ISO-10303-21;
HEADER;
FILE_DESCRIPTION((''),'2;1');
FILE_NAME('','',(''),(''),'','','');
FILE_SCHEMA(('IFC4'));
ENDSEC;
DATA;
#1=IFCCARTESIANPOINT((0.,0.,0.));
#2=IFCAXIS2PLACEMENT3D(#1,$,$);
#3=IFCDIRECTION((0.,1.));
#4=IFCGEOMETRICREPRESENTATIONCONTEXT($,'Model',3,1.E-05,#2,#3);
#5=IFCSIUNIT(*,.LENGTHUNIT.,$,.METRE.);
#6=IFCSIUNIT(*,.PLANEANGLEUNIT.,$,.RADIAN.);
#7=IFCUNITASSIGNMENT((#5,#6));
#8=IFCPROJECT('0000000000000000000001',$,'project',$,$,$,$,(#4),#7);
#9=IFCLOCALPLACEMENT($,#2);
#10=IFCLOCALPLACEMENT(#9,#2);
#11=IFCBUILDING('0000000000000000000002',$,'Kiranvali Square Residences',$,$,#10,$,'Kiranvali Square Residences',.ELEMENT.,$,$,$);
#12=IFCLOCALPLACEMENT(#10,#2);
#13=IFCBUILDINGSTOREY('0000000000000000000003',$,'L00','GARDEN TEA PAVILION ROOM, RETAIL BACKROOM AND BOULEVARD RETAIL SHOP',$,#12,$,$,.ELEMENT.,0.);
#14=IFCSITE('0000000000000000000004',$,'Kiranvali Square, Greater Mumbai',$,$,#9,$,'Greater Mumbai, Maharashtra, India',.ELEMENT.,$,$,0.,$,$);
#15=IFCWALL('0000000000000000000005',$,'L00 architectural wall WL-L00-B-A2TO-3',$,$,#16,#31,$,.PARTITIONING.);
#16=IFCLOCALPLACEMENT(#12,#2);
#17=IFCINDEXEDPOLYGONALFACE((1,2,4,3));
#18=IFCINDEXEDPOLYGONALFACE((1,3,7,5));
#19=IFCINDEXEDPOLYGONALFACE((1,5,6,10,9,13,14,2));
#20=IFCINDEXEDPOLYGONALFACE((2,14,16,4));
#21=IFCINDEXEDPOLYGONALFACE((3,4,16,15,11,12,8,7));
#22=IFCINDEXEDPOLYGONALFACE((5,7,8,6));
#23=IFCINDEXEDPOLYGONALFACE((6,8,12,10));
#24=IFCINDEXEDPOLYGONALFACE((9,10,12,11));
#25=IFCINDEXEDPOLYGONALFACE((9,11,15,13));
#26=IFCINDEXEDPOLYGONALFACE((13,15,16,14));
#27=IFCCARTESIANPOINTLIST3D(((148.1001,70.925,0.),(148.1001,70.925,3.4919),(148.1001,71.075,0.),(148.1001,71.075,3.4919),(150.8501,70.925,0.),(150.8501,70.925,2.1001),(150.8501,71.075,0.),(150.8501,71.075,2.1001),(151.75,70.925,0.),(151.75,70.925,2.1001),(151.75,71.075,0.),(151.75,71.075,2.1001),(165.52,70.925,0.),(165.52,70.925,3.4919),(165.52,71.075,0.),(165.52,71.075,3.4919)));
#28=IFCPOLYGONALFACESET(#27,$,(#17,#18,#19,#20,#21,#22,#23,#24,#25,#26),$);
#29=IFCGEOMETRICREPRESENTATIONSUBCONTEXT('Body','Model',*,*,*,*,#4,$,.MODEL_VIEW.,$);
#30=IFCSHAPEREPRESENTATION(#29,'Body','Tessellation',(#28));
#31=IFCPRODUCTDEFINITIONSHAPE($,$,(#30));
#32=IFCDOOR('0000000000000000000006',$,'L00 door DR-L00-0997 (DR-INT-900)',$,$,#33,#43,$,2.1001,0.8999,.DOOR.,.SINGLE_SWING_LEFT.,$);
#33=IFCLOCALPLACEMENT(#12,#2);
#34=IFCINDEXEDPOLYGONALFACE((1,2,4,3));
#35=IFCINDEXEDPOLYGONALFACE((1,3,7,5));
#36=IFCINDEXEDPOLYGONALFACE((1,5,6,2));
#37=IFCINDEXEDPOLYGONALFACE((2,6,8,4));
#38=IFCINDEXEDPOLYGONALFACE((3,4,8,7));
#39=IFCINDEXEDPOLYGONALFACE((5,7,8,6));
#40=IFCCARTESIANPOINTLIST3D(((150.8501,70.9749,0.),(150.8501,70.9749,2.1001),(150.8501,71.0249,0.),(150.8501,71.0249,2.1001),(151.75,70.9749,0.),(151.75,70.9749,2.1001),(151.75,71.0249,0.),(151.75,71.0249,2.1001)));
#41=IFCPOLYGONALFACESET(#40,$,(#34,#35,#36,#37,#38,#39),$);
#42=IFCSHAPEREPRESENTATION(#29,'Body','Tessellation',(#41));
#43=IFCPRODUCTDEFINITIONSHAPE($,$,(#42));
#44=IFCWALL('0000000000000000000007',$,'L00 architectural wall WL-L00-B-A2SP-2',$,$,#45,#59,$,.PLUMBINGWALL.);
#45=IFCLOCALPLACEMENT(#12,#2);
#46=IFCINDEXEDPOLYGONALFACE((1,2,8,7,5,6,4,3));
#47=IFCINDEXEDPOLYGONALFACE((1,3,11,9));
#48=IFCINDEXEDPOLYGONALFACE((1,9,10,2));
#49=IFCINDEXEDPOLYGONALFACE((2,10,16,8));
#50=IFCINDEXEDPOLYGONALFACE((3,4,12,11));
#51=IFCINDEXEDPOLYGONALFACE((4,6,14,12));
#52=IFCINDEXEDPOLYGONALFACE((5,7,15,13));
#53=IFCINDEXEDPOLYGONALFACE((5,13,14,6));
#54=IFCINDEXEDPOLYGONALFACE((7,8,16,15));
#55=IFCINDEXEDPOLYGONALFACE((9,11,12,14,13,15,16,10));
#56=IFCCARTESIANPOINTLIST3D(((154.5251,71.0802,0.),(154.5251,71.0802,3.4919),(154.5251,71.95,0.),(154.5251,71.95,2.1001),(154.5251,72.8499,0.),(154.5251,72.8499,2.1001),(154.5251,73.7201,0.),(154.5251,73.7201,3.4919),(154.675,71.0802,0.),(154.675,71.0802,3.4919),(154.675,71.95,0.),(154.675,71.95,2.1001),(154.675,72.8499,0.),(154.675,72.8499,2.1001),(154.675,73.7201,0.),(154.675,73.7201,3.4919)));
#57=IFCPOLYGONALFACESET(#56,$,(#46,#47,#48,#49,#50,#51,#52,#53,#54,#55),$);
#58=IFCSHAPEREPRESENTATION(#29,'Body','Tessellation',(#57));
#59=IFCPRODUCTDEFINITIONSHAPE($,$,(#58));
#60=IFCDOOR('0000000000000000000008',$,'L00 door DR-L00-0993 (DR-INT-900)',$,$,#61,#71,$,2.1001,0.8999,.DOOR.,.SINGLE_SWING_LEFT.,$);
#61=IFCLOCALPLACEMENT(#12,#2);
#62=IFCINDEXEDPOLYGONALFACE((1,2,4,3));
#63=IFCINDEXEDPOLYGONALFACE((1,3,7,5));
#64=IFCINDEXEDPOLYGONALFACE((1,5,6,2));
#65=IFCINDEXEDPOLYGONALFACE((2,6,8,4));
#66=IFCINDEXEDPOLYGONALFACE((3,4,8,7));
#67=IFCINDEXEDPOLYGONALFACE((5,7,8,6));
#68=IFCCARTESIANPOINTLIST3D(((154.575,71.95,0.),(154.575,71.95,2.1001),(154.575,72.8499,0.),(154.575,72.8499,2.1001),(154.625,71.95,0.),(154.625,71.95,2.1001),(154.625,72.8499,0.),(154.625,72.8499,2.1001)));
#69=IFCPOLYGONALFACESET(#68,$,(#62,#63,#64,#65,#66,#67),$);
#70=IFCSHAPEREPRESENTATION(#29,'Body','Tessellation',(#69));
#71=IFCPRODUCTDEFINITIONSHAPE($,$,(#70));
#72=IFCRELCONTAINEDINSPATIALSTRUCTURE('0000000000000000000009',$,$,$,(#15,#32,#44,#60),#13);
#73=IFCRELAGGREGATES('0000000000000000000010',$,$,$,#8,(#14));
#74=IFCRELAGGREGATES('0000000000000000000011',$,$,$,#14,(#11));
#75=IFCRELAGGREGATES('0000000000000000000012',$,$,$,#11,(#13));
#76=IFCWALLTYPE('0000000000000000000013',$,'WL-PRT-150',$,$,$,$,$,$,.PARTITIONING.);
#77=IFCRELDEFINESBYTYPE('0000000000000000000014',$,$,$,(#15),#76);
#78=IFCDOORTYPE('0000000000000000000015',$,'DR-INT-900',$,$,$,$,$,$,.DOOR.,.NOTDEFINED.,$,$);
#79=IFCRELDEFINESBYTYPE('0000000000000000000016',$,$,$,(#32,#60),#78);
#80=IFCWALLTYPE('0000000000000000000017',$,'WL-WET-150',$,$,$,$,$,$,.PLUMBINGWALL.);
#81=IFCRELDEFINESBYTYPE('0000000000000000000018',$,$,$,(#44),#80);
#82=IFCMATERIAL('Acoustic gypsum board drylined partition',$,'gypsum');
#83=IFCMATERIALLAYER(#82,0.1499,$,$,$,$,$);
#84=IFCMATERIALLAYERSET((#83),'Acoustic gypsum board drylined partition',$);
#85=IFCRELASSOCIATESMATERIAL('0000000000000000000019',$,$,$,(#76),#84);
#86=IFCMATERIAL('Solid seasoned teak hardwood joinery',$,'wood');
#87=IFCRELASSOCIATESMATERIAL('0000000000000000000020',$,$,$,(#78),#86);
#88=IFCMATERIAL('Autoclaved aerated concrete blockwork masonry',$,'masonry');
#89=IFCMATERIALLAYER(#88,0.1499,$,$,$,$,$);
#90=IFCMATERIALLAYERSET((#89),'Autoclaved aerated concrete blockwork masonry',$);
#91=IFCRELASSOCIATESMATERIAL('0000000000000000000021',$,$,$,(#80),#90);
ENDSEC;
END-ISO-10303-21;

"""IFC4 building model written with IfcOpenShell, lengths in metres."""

from ifc_helpers import new_model, si_unit, direction, frame, frame_2d, origin, place, context, subcontext, project, spatial, rectangle, extrude, material, layer, layer_set, type_object, element, fill, save


model = new_model("IFC4")

# Units and contexts
model_context = context("Model", 3, precision=1e-05, world=origin(), true_north=direction((0.0, 1.0)))
body_context = subcontext(model_context, "Body", "Model", "MODEL_VIEW")
ifc_project = project(units=[si_unit("LENGTHUNIT", "METRE"), si_unit("PLANEANGLEUNIT", "RADIAN")], contexts=[model_context])

# Site, building, storey
site_placement = place(None, origin())
site = spatial("IfcSite", under=ifc_project, at=site_placement, Name="Kiranvali Square, Greater Mumbai", LongName="Greater Mumbai, Maharashtra, India", CompositionType="ELEMENT", RefElevation=0.0)
building_placement = place(site_placement, origin())
building = spatial("IfcBuilding", under=site, at=building_placement, Name="Kiranvali Square Residences", LongName="Kiranvali Square Residences", CompositionType="ELEMENT")
storey_placement = place(building_placement, origin())
storey = spatial("IfcBuildingStorey", under=building, at=storey_placement, Name="L00", Description="GARDEN TEA PAVILION ROOM, RETAIL BACKROOM AND BOULEVARD RETAIL SHOP", CompositionType="ELEMENT", Elevation=0.0)

# Shared definitions
ifc_material_1 = material(Name="Autoclaved aerated concrete blockwork masonry", Category="masonry")

# Walls, openings, doors
ifc_material_2 = material(Name="Acoustic gypsum board drylined partition", Category="gypsum")
ifc_layer_1 = layer(ifc_material_2, 0.1499)
ifc_layer_set_1 = layer_set([ifc_layer_1], Name="Acoustic gypsum board drylined partition")
wall_type_1 = type_object("IfcWallType", Name="WL-PRT-150", PredefinedType="PARTITIONING", material=ifc_layer_set_1)
wall_1_placement = place(storey_placement, frame((148.1001, 71.0, 0.0), z_axis=(0.0, 0.0, 1.0), x_axis=(1.0, 0.0, 0.0)))
wall_1 = element("IfcWall", 1, at=wall_1_placement, inside=storey, type_object=wall_type_1, Name="L00 architectural wall WL-L00-B-A2TO-3", PredefinedType="PARTITIONING", context=body_context, shape_type="SweptSolid", body=[
    extrude(rectangle(XDim=17.4199, YDim=0.1499, at=frame_2d((8.71, 0.0))), origin(), (0.0, 0.0, 1.0), 3.4919),
])
opening_1_placement = place(wall_1_placement, frame((2.75, 0.0, 0.0)))
opening_1 = element("IfcOpeningElement", 2, at=opening_1_placement, cuts=wall_1, PredefinedType="OPENING", context=body_context, shape_type="SweptSolid", body=[
    extrude(rectangle(XDim=0.8999, YDim=2.1001, at=frame_2d((0.45, 1.05))), frame((0.0, 0.085, 0.0), z_axis=(0.0, -1.0, 0.0), x_axis=(1.0, 0.0, 0.0)), (0.0, 0.0, 1.0), 0.1699),
])
ifc_material_3 = material(Name="Solid seasoned teak hardwood joinery", Category="wood")
door_type_1 = type_object("IfcDoorType", Name="DR-INT-900", OperationType="NOTDEFINED", PredefinedType="DOOR", material=ifc_material_3)
door_1_placement = place(opening_1_placement, origin())
door_1 = element("IfcDoor", 3, at=door_1_placement, inside=storey, type_object=door_type_1, Name="L00 door DR-L00-0997 (DR-INT-900)", OperationType="SINGLE_SWING_LEFT", OverallHeight=2.1001, OverallWidth=0.8999, PredefinedType="DOOR", context=body_context, shape_type="SweptSolid", body=[
    extrude(rectangle(XDim=0.8999, YDim=2.1001, at=frame_2d((0.45, 1.05))), frame((0.0, 0.0249, 0.0), z_axis=(0.0, -1.0, 0.0), x_axis=(1.0, 0.0, 0.0)), (0.0, 0.0, 1.0), 0.05),
])
fill(opening_1, door_1)
ifc_layer_2 = layer(ifc_material_1, 0.1499)
ifc_layer_set_2 = layer_set([ifc_layer_2], Name="Autoclaved aerated concrete blockwork masonry")
wall_type_2 = type_object("IfcWallType", Name="WL-WET-150", PredefinedType="PLUMBINGWALL", material=ifc_layer_set_2)
wall_2_placement = place(storey_placement, frame((154.6001, 73.72, 0.0), z_axis=(0.0, 0.0, 1.0), x_axis=(0.0, -1.0, 0.0)))
wall_2 = element("IfcWall", 4, at=wall_2_placement, inside=storey, type_object=wall_type_2, Name="L00 architectural wall WL-L00-B-A2SP-2", PredefinedType="PLUMBINGWALL", context=body_context, shape_type="SweptSolid", body=[
    extrude(rectangle(XDim=2.6399, YDim=0.1499, at=frame_2d((1.3198, 0.0))), origin(), (0.0, 0.0, 1.0), 3.4919),
])
opening_2_placement = place(wall_2_placement, frame((0.8701, 0.0, 0.0)))
opening_2 = element("IfcOpeningElement", 5, at=opening_2_placement, cuts=wall_2, PredefinedType="OPENING", context=body_context, shape_type="SweptSolid", body=[
    extrude(rectangle(XDim=0.8999, YDim=2.1001, at=frame_2d((0.45, 1.05))), frame((0.0, 0.085, 0.0), z_axis=(0.0, -1.0, 0.0), x_axis=(1.0, 0.0, 0.0)), (0.0, 0.0, 1.0), 0.1699),
])
door_2_placement = place(opening_2_placement, origin())
door_2 = element("IfcDoor", 6, at=door_2_placement, inside=storey, type_object=door_type_1, Name="L00 door DR-L00-0993 (DR-INT-900)", OperationType="SINGLE_SWING_LEFT", OverallHeight=2.1001, OverallWidth=0.8999, PredefinedType="DOOR", context=body_context, shape_type="SweptSolid", body=[
    extrude(rectangle(XDim=0.8999, YDim=2.1001, at=frame_2d((0.45, 1.05))), frame((0.0, 0.0249, 0.0), z_axis=(0.0, -1.0, 0.0), x_axis=(1.0, 0.0, 0.0)), (0.0, 0.0, 1.0), 0.05),
])
fill(opening_2, door_2)

save(model, "model.ifc")
